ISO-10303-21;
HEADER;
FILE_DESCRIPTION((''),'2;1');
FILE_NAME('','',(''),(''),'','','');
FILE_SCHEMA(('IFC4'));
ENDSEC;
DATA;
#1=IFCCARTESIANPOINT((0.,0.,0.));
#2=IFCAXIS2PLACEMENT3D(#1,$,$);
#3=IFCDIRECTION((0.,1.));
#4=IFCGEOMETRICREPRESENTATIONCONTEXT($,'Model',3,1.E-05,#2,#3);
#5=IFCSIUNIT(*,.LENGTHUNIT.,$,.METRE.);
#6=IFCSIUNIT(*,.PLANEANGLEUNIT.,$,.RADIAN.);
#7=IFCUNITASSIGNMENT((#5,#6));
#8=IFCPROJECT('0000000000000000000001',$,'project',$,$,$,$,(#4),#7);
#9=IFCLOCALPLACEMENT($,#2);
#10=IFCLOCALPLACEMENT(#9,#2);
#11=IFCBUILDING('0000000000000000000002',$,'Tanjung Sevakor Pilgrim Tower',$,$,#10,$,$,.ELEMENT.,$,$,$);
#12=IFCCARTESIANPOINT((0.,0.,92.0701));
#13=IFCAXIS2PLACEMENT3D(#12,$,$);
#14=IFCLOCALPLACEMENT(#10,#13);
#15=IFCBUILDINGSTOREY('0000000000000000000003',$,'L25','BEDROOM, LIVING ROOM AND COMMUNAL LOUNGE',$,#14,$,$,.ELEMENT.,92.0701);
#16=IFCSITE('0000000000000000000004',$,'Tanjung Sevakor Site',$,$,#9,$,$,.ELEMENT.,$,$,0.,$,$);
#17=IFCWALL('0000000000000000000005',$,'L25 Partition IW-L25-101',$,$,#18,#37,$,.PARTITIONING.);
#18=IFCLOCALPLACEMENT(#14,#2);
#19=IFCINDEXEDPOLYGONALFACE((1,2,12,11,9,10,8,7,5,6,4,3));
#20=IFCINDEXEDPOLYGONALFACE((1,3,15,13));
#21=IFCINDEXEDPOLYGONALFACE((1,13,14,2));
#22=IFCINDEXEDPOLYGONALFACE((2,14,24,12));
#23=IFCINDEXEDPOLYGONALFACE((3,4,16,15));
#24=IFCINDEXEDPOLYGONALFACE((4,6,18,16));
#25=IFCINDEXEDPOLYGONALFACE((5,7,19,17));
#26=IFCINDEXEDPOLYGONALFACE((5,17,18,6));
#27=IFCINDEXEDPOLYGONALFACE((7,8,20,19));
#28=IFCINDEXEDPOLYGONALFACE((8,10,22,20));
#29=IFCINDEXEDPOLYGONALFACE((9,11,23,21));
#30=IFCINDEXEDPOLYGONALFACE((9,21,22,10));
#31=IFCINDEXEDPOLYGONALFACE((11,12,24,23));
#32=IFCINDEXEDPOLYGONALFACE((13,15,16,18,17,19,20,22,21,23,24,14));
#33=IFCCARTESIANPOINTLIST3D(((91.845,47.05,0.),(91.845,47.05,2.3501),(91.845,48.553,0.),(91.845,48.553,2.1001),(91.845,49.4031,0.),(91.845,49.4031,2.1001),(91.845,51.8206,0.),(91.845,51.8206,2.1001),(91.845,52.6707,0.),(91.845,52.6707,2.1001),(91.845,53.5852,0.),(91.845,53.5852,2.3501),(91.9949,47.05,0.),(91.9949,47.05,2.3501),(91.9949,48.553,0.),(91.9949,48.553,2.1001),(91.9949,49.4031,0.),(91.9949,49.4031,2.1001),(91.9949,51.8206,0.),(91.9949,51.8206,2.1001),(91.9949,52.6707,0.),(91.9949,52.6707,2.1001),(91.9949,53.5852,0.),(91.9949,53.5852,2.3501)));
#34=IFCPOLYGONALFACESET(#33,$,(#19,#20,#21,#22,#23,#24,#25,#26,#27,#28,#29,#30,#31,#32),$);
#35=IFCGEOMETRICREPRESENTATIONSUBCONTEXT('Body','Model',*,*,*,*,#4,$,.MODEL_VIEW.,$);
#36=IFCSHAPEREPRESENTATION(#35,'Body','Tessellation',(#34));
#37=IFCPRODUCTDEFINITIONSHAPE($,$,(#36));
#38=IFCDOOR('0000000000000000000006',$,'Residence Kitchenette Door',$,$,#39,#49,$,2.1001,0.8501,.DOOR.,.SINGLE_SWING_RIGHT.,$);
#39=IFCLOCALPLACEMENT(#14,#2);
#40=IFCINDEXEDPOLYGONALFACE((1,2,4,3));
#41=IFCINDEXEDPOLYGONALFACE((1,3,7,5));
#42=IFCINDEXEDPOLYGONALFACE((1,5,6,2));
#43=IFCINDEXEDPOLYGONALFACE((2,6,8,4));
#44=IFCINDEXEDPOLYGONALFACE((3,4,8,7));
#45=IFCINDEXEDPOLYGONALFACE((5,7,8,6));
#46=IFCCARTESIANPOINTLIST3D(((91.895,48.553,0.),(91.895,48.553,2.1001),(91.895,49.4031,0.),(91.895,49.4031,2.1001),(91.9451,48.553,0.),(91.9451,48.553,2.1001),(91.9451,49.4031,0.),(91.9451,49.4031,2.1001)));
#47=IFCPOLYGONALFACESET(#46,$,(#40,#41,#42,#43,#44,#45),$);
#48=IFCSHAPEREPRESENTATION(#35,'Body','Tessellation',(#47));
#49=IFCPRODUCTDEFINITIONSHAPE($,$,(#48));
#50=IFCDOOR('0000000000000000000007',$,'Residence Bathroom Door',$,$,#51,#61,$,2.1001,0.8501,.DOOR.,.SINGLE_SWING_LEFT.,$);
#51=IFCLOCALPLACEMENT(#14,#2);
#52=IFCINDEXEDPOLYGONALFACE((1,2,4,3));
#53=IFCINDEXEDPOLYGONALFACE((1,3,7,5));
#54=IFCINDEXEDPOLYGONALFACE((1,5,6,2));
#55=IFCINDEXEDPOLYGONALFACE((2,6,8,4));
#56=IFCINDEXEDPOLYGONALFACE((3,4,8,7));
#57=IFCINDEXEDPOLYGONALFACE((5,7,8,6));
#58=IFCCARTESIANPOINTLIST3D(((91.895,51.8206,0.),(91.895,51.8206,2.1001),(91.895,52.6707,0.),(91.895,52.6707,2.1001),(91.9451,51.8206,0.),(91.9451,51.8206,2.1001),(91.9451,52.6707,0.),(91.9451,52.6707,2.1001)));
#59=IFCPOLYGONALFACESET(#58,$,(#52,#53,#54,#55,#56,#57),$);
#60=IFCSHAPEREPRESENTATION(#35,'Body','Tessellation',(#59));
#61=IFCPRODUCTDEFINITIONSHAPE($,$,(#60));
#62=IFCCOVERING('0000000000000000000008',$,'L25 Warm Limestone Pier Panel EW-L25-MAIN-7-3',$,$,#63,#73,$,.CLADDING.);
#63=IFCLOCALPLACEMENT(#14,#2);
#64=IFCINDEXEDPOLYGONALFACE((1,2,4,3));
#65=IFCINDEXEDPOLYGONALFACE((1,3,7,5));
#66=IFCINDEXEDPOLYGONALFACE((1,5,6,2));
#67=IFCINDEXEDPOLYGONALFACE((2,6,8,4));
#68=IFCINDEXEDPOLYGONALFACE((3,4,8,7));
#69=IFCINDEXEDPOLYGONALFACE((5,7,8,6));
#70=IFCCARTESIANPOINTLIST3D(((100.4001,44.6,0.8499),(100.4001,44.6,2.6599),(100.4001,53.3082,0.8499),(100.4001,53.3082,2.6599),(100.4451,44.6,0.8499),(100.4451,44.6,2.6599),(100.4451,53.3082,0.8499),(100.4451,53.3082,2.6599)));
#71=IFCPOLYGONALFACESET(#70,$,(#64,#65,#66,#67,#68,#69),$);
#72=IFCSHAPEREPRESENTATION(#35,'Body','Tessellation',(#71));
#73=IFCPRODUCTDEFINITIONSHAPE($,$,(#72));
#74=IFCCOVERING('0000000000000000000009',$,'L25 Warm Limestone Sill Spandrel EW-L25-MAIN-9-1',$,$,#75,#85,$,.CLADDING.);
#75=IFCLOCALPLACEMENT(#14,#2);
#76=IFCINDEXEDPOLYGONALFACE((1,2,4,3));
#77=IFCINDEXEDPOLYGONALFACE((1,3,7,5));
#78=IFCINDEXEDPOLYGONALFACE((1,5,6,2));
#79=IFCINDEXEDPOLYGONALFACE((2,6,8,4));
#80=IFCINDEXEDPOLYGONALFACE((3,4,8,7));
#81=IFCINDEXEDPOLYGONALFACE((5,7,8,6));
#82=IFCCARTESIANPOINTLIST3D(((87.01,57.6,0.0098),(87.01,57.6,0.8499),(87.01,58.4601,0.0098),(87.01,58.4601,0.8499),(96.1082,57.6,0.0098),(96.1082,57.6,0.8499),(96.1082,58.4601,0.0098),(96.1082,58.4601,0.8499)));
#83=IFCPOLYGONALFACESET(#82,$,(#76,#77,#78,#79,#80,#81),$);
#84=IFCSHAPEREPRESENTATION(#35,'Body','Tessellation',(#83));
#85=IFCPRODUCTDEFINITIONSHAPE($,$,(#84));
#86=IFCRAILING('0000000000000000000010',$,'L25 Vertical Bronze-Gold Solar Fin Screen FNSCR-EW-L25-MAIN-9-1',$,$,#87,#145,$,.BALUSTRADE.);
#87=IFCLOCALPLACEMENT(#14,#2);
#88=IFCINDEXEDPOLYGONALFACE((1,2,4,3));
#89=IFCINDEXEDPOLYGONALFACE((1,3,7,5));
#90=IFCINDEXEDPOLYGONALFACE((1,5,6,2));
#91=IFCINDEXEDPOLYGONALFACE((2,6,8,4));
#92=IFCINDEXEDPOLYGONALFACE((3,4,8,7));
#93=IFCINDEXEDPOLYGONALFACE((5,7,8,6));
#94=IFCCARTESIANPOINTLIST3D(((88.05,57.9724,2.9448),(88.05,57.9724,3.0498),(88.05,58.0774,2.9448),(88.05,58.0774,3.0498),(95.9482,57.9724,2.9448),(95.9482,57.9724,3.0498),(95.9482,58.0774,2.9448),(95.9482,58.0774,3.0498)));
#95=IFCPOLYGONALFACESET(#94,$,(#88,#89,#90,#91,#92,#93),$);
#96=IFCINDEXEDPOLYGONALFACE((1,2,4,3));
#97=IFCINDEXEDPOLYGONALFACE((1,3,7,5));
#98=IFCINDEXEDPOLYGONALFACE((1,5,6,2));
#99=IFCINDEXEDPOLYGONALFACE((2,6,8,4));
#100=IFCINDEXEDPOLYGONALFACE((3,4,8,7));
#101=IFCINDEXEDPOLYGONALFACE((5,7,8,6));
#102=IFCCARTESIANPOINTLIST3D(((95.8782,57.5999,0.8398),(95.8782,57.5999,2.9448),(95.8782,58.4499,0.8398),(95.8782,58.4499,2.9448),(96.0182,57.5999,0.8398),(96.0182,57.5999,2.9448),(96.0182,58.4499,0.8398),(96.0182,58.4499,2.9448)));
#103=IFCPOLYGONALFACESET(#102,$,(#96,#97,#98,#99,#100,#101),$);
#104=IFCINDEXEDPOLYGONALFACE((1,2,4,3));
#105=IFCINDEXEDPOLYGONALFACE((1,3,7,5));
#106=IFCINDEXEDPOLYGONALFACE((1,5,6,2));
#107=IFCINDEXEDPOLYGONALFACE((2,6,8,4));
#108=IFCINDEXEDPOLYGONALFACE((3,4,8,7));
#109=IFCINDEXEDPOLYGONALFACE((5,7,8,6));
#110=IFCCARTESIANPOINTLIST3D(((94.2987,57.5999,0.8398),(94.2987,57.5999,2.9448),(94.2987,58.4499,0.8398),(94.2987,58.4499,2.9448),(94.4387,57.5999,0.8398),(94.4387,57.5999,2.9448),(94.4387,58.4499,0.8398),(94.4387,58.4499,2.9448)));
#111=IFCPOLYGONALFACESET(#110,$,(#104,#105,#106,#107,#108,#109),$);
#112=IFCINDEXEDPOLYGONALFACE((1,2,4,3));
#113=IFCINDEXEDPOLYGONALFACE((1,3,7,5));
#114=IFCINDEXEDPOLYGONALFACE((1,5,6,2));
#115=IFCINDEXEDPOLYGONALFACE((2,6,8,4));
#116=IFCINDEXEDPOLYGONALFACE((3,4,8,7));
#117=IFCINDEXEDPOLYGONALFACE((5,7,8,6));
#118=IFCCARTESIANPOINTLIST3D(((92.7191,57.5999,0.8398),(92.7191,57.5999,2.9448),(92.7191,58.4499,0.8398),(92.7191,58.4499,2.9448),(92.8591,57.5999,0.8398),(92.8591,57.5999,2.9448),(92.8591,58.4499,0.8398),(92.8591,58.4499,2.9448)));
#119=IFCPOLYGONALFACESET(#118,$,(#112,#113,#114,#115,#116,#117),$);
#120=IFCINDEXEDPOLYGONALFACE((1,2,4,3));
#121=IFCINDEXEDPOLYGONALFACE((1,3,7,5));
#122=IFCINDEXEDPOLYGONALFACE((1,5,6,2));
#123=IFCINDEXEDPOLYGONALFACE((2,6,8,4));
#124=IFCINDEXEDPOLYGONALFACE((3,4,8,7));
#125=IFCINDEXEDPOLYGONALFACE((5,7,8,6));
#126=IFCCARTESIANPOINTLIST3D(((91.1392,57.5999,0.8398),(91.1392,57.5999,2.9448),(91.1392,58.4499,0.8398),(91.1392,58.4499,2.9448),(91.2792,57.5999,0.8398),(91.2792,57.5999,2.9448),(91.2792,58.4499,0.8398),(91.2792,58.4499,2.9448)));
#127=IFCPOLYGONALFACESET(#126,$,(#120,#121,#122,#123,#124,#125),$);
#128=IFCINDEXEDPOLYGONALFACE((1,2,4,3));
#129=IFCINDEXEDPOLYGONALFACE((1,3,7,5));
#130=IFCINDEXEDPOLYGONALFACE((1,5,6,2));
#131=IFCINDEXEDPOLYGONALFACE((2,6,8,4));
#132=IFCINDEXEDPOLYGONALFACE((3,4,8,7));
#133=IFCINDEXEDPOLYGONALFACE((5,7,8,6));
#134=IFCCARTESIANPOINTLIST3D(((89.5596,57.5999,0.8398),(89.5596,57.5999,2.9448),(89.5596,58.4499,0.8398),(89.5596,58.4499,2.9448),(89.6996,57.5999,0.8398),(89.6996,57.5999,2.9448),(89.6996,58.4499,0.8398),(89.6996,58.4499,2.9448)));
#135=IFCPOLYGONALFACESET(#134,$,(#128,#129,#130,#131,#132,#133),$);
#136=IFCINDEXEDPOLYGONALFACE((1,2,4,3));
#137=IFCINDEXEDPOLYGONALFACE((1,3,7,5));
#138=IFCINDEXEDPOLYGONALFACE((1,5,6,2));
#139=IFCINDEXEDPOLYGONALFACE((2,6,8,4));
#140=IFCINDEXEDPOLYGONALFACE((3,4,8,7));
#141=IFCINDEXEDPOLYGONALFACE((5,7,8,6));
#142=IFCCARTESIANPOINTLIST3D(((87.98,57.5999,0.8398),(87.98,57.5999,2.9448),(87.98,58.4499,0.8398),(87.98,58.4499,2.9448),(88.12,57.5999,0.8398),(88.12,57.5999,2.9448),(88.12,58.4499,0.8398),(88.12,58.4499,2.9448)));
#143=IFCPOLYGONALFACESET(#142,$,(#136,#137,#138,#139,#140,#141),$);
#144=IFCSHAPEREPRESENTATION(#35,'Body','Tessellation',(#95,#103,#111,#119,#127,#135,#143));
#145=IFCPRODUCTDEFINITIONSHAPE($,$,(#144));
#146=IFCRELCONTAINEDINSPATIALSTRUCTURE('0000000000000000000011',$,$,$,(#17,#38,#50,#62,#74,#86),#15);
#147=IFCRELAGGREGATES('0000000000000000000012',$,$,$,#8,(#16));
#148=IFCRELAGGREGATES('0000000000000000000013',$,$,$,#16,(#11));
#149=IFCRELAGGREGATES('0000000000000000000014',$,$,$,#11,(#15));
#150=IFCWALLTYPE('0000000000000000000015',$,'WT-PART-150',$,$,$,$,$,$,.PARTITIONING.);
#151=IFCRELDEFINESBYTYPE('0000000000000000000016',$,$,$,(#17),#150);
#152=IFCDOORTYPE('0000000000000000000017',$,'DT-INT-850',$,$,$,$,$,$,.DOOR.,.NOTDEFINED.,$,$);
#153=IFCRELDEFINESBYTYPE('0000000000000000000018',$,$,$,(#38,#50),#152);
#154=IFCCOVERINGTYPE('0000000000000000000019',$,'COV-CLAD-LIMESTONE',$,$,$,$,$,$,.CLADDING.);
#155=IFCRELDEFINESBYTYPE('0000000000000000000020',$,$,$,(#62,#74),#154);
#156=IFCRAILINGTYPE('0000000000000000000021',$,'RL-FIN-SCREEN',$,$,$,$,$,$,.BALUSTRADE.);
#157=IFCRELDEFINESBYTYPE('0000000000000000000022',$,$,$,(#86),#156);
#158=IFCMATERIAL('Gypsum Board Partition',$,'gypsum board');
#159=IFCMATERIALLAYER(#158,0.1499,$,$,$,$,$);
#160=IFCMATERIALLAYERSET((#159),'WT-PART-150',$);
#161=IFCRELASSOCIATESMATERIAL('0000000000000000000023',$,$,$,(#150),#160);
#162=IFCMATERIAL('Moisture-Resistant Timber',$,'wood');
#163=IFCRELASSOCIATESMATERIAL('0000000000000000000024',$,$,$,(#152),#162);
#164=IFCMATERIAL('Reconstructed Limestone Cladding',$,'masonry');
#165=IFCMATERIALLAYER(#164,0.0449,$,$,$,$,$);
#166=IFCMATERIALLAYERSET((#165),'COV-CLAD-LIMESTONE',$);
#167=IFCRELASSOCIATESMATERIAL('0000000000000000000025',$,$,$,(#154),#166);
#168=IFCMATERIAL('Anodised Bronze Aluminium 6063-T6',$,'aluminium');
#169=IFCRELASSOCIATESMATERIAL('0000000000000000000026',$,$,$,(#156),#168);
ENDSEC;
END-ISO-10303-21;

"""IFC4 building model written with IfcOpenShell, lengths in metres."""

from ifc_helpers import new_model, si_unit, direction, frame, frame_2d, origin, origin_2d, place, context, subcontext, project, spatial, rectangle, extrude, material, layer, layer_set, type_object, element, fill, save


model = new_model("IFC4")

# Units and contexts
model_context = context("Model", 3, precision=1e-05, world=origin(), true_north=direction((0.0, 1.0)))
body_context = subcontext(model_context, "Body", "Model", "MODEL_VIEW")
ifc_project = project(units=[si_unit("LENGTHUNIT", "METRE"), si_unit("PLANEANGLEUNIT", "RADIAN")], contexts=[model_context])

# Site, building, storey
site_placement = place(None, origin())
site = spatial("IfcSite", under=ifc_project, at=site_placement, Name="Tanjung Sevakor Site", CompositionType="ELEMENT", RefElevation=0.0)
building_placement = place(site_placement, origin())
building = spatial("IfcBuilding", under=site, at=building_placement, Name="Tanjung Sevakor Pilgrim Tower", CompositionType="ELEMENT")
storey_placement = place(building_placement, frame((0.0, 0.0, 92.0701)))
storey = spatial("IfcBuildingStorey", under=building, at=storey_placement, Name="L25", Description="BEDROOM, LIVING ROOM AND COMMUNAL LOUNGE", CompositionType="ELEMENT", Elevation=92.0701)

# Wall, openings, doors
ifc_material_1 = material(Name="Gypsum Board Partition", Category="gypsum board")
ifc_layer_1 = layer(ifc_material_1, 0.1499)
ifc_layer_set_1 = layer_set([ifc_layer_1], Name="WT-PART-150")
wall_type_1 = type_object("IfcWallType", Name="WT-PART-150", PredefinedType="PARTITIONING", material=ifc_layer_set_1)
wall_1_placement = place(storey_placement, frame((91.9199, 47.05, 0.0), z_axis=(0.0, 0.0, 1.0), x_axis=(0.0, 1.0, 0.0)))
wall_1 = element("IfcWall", 1, at=wall_1_placement, inside=storey, type_object=wall_type_1, Name="L25 Partition IW-L25-101", PredefinedType="PARTITIONING", context=body_context, shape_type="SweptSolid", body=[
    extrude(rectangle(XDim=6.5352, YDim=0.1499, at=frame_2d((3.2676, 0.0))), origin(), (0.0, 0.0, 1.0), 2.3501),
])
opening_1_placement = place(wall_1_placement, frame((1.5029, 0.0, 0.0)))
opening_1 = element("IfcOpeningElement", 2, at=opening_1_placement, cuts=wall_1, PredefinedType="OPENING", context=body_context, shape_type="SweptSolid", body=[
    extrude(rectangle(XDim=0.8501, YDim=2.1001, at=frame_2d((0.425, 1.05))), frame((0.0, 0.085, 0.0), z_axis=(0.0, -1.0, 0.0), x_axis=(1.0, 0.0, 0.0)), (0.0, 0.0, 1.0), 0.1699),
])
opening_2_placement = place(wall_1_placement, frame((4.7705, 0.0, 0.0)))
opening_2 = element("IfcOpeningElement", 3, at=opening_2_placement, cuts=wall_1, PredefinedType="OPENING", context=body_context, shape_type="SweptSolid", body=[
    extrude(rectangle(XDim=0.8501, YDim=2.1001, at=frame_2d((0.425, 1.05))), frame((0.0, 0.085, 0.0), z_axis=(0.0, -1.0, 0.0), x_axis=(1.0, 0.0, 0.0)), (0.0, 0.0, 1.0), 0.1699),
])
ifc_material_2 = material(Name="Moisture-Resistant Timber", Category="wood")
door_type_1 = type_object("IfcDoorType", Name="DT-INT-850", OperationType="NOTDEFINED", PredefinedType="DOOR", material=ifc_material_2)
door_1_placement = place(opening_1_placement, origin())
door_1 = element("IfcDoor", 4, at=door_1_placement, inside=storey, type_object=door_type_1, Name="Residence Kitchenette Door", OperationType="SINGLE_SWING_RIGHT", OverallHeight=2.1001, OverallWidth=0.8501, PredefinedType="DOOR", context=body_context, shape_type="SweptSolid", body=[
    extrude(rectangle(XDim=0.8501, YDim=2.1001, at=frame_2d((0.425, 1.05))), frame((0.0, 0.0249, 0.0), z_axis=(0.0, -1.0, 0.0), x_axis=(1.0, 0.0, 0.0)), (0.0, 0.0, 1.0), 0.05),
])
fill(opening_1, door_1)
door_2_placement = place(opening_2_placement, origin())
door_2 = element("IfcDoor", 5, at=door_2_placement, inside=storey, type_object=door_type_1, Name="Residence Bathroom Door", OperationType="SINGLE_SWING_LEFT", OverallHeight=2.1001, OverallWidth=0.8501, PredefinedType="DOOR", context=body_context, shape_type="SweptSolid", body=[
    extrude(rectangle(XDim=0.8501, YDim=2.1001, at=frame_2d((0.425, 1.05))), frame((0.0, 0.0249, 0.0), z_axis=(0.0, -1.0, 0.0), x_axis=(1.0, 0.0, 0.0)), (0.0, 0.0, 1.0), 0.05),
])
fill(opening_2, door_2)

# Coverings
ifc_material_3 = material(Name="Reconstructed Limestone Cladding", Category="masonry")
ifc_layer_2 = layer(ifc_material_3, 0.0449)
ifc_layer_set_2 = layer_set([ifc_layer_2], Name="COV-CLAD-LIMESTONE")
covering_type = type_object("IfcCoveringType", Name="COV-CLAD-LIMESTONE", PredefinedType="CLADDING", material=ifc_layer_set_2)
covering_1_placement = place(storey_placement, frame((100.4226, 48.9541, 0.8499), z_axis=(0.0, 0.0, 1.0), x_axis=(0.0, 1.0, 0.0)))
element("IfcCovering", 6, at=covering_1_placement, inside=storey, type_object=covering_type, Name="L25 Warm Limestone Pier Panel EW-L25-MAIN-7-3", PredefinedType="CLADDING", context=body_context, shape_type="SweptSolid", body=[
    extrude(rectangle(XDim=8.7083, YDim=0.0449, at=origin_2d()), origin(), (0.0, 0.0, 1.0), 1.8101),
])
covering_2_placement = place(storey_placement, frame((91.5591, 58.03, 0.0098), z_axis=(0.0, 0.0, 1.0), x_axis=(-1.0, 0.0, 0.0)))
element("IfcCovering", 7, at=covering_2_placement, inside=storey, type_object=covering_type, Name="L25 Warm Limestone Sill Spandrel EW-L25-MAIN-9-1", PredefinedType="CLADDING", context=body_context, shape_type="SweptSolid", body=[
    extrude(rectangle(XDim=9.0981, YDim=0.8601, at=origin_2d()), origin(), (0.0, 0.0, 1.0), 0.8401),
])

# Railing
ifc_material_4 = material(Name="Anodised Bronze Aluminium 6063-T6", Category="aluminium")
railing_type = type_object("IfcRailingType", Name="RL-FIN-SCREEN", PredefinedType="BALUSTRADE", material=ifc_material_4)
railing_placement = place(storey_placement, frame((95.9482, 58.0249, 0.8398)))
element("IfcRailing", 8, at=railing_placement, inside=storey, type_object=railing_type, Name="L25 Vertical Bronze-Gold Solar Fin Screen FNSCR-EW-L25-MAIN-9-1", PredefinedType="BALUSTRADE", context=body_context, shape_type="SweptSolid", body=[
    extrude(rectangle(XDim=0.105, YDim=0.105), frame((0.0, 0.0, 2.1575), z_axis=(-1.0, 0.0, 0.0), x_axis=(0.0, -1.0, 0.0)), (0.0, 0.0, 1.0), 7.8982),
    extrude(rectangle(XDim=0.14, YDim=0.85), origin(), (0.0, 0.0, 1.0), 2.105),
    extrude(rectangle(XDim=0.14, YDim=0.85), frame((-1.5796, 0.0, 0.0)), (0.0, 0.0, 1.0), 2.105),
    extrude(rectangle(XDim=0.14, YDim=0.85), frame((-3.1592, 0.0, 0.0)), (0.0, 0.0, 1.0), 2.105),
    extrude(rectangle(XDim=0.14, YDim=0.85), frame((-4.739, 0.0, 0.0)), (0.0, 0.0, 1.0), 2.105),
    extrude(rectangle(XDim=0.14, YDim=0.85), frame((-6.3186, 0.0, 0.0)), (0.0, 0.0, 1.0), 2.105),
    extrude(rectangle(XDim=0.14, YDim=0.85), frame((-7.8982, 0.0, 0.0)), (0.0, 0.0, 1.0), 2.105),
])

save(model, "model.ifc")
